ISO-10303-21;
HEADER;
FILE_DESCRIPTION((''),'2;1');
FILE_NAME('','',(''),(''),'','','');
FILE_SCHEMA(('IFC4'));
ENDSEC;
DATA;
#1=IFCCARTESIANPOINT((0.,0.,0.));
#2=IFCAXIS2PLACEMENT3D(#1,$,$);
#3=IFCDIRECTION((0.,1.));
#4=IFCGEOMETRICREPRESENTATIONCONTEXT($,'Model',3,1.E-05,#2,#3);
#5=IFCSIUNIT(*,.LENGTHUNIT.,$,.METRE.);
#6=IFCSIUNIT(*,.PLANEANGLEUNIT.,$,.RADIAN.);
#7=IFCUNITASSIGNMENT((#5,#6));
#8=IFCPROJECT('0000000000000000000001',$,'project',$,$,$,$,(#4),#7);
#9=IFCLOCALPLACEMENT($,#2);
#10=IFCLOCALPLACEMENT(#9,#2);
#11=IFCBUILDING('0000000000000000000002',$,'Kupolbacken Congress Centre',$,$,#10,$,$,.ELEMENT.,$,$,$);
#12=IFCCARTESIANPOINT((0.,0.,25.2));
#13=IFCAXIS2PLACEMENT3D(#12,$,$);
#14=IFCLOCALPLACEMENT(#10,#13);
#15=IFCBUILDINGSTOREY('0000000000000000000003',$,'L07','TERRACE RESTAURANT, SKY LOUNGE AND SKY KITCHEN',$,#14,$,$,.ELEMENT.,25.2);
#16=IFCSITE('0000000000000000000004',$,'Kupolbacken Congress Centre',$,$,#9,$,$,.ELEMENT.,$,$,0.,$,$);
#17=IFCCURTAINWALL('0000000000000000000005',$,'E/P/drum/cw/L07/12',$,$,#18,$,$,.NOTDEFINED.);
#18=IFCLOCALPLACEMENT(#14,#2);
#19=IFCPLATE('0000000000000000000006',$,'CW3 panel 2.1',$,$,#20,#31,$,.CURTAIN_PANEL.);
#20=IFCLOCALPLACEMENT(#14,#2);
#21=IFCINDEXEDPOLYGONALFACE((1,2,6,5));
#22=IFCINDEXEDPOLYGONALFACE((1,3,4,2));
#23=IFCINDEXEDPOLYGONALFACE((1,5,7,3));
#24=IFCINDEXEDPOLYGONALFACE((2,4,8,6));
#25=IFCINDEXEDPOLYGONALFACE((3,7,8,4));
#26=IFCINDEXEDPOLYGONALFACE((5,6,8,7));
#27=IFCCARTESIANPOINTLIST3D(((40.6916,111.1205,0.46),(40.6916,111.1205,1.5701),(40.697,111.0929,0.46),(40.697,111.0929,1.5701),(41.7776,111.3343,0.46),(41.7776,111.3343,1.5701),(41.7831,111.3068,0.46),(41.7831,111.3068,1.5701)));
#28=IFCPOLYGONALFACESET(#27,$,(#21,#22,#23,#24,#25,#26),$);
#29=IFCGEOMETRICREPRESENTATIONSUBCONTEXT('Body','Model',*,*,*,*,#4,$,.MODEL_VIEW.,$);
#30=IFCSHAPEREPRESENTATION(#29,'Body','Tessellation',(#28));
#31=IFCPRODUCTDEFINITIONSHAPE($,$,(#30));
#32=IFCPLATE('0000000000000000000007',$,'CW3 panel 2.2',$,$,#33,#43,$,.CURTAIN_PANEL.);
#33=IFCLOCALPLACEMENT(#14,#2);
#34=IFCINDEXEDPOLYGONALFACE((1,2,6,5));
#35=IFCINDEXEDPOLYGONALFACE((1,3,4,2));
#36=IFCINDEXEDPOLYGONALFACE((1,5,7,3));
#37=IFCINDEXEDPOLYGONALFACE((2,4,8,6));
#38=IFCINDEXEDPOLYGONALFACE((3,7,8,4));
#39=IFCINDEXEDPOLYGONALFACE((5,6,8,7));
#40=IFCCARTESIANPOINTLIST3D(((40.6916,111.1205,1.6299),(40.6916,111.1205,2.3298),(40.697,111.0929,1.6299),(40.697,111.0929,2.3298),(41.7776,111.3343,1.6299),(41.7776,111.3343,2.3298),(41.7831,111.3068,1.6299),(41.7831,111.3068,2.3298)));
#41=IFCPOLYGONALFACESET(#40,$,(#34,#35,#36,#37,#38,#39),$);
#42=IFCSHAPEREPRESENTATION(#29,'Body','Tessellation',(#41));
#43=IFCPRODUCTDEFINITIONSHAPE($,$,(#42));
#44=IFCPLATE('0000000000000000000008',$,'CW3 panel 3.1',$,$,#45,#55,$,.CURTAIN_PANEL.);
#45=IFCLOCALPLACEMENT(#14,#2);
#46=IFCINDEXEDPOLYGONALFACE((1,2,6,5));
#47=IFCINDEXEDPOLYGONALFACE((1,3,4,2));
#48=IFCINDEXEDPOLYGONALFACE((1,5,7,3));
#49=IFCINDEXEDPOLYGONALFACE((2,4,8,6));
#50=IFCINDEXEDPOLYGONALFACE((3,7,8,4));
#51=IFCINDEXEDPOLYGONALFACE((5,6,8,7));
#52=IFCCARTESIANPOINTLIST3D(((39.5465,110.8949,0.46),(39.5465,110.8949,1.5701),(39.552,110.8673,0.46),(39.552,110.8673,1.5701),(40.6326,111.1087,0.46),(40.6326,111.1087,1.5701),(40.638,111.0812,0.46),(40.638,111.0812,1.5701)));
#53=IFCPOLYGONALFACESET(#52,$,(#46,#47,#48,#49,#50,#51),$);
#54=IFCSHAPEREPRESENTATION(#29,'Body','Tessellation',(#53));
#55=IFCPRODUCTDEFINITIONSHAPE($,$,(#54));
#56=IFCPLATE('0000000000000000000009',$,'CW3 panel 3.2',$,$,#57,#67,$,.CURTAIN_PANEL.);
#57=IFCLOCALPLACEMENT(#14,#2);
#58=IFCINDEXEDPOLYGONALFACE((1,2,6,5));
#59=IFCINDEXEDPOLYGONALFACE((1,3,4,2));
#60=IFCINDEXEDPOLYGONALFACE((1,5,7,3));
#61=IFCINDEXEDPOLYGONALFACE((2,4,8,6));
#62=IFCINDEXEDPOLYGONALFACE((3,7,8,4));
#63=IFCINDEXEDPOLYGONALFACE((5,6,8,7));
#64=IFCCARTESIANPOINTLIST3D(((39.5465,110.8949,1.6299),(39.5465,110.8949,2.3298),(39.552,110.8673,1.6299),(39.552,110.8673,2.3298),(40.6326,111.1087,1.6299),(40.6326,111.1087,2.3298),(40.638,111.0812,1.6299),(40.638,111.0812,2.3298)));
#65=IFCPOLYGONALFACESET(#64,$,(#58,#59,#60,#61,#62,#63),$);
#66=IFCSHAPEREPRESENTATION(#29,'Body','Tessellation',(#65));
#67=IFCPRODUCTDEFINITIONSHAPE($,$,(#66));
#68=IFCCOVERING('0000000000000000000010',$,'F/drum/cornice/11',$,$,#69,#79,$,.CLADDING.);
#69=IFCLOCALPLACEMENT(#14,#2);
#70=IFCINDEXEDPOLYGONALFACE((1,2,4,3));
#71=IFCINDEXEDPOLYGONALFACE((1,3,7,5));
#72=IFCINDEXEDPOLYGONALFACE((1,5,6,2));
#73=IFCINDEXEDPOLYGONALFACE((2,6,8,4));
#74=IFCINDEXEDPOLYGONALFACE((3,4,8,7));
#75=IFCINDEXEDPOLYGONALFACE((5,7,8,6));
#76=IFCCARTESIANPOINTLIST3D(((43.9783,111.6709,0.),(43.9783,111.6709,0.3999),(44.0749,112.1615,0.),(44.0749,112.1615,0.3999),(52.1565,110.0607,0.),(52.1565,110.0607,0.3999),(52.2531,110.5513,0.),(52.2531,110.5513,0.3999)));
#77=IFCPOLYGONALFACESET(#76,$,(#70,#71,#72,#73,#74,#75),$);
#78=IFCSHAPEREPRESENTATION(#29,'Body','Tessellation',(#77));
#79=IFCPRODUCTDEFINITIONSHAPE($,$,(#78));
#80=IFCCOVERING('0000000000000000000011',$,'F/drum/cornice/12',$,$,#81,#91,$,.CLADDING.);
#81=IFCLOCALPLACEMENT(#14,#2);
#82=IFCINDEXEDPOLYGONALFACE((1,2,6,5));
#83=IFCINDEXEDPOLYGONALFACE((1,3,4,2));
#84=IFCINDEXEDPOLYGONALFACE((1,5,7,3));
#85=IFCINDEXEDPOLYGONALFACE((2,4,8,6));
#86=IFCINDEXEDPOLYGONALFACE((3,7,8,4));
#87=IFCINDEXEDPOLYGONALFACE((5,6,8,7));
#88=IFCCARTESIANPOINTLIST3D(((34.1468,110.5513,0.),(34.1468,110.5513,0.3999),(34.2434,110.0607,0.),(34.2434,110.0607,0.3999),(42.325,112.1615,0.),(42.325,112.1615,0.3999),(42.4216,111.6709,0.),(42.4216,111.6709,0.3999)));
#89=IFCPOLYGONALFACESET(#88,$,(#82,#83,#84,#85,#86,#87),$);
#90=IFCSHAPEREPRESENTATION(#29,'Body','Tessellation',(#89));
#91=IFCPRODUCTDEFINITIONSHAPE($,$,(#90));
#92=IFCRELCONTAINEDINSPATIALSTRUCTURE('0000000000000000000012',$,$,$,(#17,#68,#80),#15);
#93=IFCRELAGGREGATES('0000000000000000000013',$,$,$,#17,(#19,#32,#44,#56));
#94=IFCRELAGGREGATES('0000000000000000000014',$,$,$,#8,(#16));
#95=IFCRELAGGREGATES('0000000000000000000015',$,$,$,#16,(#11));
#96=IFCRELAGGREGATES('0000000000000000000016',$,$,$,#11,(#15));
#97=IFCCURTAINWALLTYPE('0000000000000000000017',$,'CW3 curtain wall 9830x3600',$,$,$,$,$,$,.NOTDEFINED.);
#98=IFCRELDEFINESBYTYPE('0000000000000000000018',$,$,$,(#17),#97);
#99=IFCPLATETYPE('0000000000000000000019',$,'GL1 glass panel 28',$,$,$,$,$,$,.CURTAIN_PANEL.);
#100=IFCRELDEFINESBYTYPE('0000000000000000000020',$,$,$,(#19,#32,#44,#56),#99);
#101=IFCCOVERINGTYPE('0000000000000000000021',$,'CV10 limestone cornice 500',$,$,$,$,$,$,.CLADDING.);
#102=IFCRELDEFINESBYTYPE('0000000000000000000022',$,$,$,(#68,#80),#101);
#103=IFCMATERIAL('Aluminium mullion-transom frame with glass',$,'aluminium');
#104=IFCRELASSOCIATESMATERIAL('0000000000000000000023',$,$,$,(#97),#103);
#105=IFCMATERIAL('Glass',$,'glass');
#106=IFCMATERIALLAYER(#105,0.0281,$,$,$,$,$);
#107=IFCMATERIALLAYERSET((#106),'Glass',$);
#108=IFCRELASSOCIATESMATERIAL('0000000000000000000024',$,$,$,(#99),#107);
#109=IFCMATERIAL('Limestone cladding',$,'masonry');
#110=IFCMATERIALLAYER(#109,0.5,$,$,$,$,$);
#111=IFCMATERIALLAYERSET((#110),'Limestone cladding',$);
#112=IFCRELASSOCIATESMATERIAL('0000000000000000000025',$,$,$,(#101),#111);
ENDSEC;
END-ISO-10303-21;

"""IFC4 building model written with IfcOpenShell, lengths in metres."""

from ifc_helpers import new_model, si_unit, direction, frame, origin, origin_2d, place, context, subcontext, project, spatial, rectangle, extrude, material, layer, layer_set, type_object, element, aggregate, save


model = new_model("IFC4")

# Units and contexts
model_context = context("Model", 3, precision=1e-05, world=origin(), true_north=direction((0.0, 1.0)))
body_context = subcontext(model_context, "Body", "Model", "MODEL_VIEW")
ifc_project = project(units=[si_unit("LENGTHUNIT", "METRE"), si_unit("PLANEANGLEUNIT", "RADIAN")], contexts=[model_context])

# Site, building, storey
site_placement = place(None, origin())
site = spatial("IfcSite", under=ifc_project, at=site_placement, Name="Kupolbacken Congress Centre", CompositionType="ELEMENT", RefElevation=0.0)
building_placement = place(site_placement, origin())
building = spatial("IfcBuilding", under=site, at=building_placement, Name="Kupolbacken Congress Centre", CompositionType="ELEMENT")
storey_placement = place(building_placement, frame((0.0, 0.0, 25.2)))
storey = spatial("IfcBuildingStorey", under=building, at=storey_placement, Name="L07", Description="TERRACE RESTAURANT, SKY LOUNGE AND SKY KITCHEN", CompositionType="ELEMENT", Elevation=25.2)

# Curtain wall
ifc_material_1 = material(Name="Aluminium mullion-transom frame with glass", Category="aluminium")
curtain_wall_type = type_object("IfcCurtainWallType", Name="CW3 curtain wall 9830x3600", PredefinedType="NOTDEFINED", material=ifc_material_1)
curtain_wall_1_placement = place(storey_placement, origin())
curtain_wall_1 = element("IfcCurtainWall", 1, at=curtain_wall_1_placement, inside=storey, type_object=curtain_wall_type, Name="E/P/drum/cw/L07/12", PredefinedType="NOTDEFINED")

# Plates
ifc_material_2 = material(Name="Glass", Category="glass")
ifc_layer_1 = layer(ifc_material_2, 0.0281)
ifc_layer_set_1 = layer_set([ifc_layer_1], Name="Glass")
plate_type = type_object("IfcPlateType", Name="GL1 glass panel 28", PredefinedType="CURTAIN_PANEL", material=ifc_layer_set_1)
plate_1_placement = place(storey_placement, frame((41.2373, 111.2136, 0.46), z_axis=(0.0, 0.0, 1.0), x_axis=(-0.981163, -0.193182, 0.0)))
plate_1 = element("IfcPlate", 2, at=plate_1_placement, type_object=plate_type, Name="CW3 panel 2.1", PredefinedType="CURTAIN_PANEL", context=body_context, shape_type="SweptSolid", body=[
    extrude(rectangle(XDim=1.1069, YDim=0.0281, at=origin_2d()), origin(), (0.0, 0.0, 1.0), 1.1101),
])
plate_2_placement = place(storey_placement, frame((41.2373, 111.2136, 1.6299), z_axis=(0.0, 0.0, 1.0), x_axis=(-0.981163, -0.193182, 0.0)))
plate_2 = element("IfcPlate", 3, at=plate_2_placement, type_object=plate_type, Name="CW3 panel 2.2", PredefinedType="CURTAIN_PANEL", context=body_context, shape_type="SweptSolid", body=[
    extrude(rectangle(XDim=1.1069, YDim=0.0281, at=origin_2d()), origin(), (0.0, 0.0, 1.0), 0.7),
])
plate_3_placement = place(storey_placement, frame((40.0923, 110.988, 0.46), z_axis=(0.0, 0.0, 1.0), x_axis=(-0.981163, -0.193182, 0.0)))
plate_3 = element("IfcPlate", 4, at=plate_3_placement, type_object=plate_type, Name="CW3 panel 3.1", PredefinedType="CURTAIN_PANEL", context=body_context, shape_type="SweptSolid", body=[
    extrude(rectangle(XDim=1.1069, YDim=0.0281, at=origin_2d()), origin(), (0.0, 0.0, 1.0), 1.1101),
])
plate_4_placement = place(storey_placement, frame((40.0923, 110.988, 1.6299), z_axis=(0.0, 0.0, 1.0), x_axis=(-0.981163, -0.193182, 0.0)))
plate_4 = element("IfcPlate", 5, at=plate_4_placement, type_object=plate_type, Name="CW3 panel 3.2", PredefinedType="CURTAIN_PANEL", context=body_context, shape_type="SweptSolid", body=[
    extrude(rectangle(XDim=1.1069, YDim=0.0281, at=origin_2d()), origin(), (0.0, 0.0, 1.0), 0.7),
])
aggregate(curtain_wall_1, [plate_1, plate_2, plate_3, plate_4])

# Coverings
ifc_material_3 = material(Name="Limestone cladding", Category="masonry")
ifc_layer_2 = layer(ifc_material_3, 0.5)
ifc_layer_set_2 = layer_set([ifc_layer_2], Name="Limestone cladding")
covering_type = type_object("IfcCoveringType", Name="CV10 limestone cornice 500", PredefinedType="CLADDING", material=ifc_layer_set_2)
for number, where, z_axis, x_axis, name in (
    (6, (48.1157, 111.1111, 0.0), (0.0, 0.0, 1.0), (-0.981163, 0.193182, 0.0), "F/drum/cornice/11"),
    (7, (38.2842, 111.1111, 0.0), (0.0, 0.0, 1.0), (-0.981163, -0.193182, 0.0), "F/drum/cornice/12"),
):
    element("IfcCovering", number, at=place(storey_placement, frame(where, z_axis=z_axis, x_axis=x_axis)), inside=storey, type_object=covering_type, Name=name, PredefinedType="CLADDING", context=body_context, shape_type="SweptSolid", body=[
        extrude(rectangle(XDim=8.3352, YDim=0.5, at=origin_2d()), origin(), (0.0, 0.0, 1.0), 0.3999),
    ])

save(model, "model.ifc")
